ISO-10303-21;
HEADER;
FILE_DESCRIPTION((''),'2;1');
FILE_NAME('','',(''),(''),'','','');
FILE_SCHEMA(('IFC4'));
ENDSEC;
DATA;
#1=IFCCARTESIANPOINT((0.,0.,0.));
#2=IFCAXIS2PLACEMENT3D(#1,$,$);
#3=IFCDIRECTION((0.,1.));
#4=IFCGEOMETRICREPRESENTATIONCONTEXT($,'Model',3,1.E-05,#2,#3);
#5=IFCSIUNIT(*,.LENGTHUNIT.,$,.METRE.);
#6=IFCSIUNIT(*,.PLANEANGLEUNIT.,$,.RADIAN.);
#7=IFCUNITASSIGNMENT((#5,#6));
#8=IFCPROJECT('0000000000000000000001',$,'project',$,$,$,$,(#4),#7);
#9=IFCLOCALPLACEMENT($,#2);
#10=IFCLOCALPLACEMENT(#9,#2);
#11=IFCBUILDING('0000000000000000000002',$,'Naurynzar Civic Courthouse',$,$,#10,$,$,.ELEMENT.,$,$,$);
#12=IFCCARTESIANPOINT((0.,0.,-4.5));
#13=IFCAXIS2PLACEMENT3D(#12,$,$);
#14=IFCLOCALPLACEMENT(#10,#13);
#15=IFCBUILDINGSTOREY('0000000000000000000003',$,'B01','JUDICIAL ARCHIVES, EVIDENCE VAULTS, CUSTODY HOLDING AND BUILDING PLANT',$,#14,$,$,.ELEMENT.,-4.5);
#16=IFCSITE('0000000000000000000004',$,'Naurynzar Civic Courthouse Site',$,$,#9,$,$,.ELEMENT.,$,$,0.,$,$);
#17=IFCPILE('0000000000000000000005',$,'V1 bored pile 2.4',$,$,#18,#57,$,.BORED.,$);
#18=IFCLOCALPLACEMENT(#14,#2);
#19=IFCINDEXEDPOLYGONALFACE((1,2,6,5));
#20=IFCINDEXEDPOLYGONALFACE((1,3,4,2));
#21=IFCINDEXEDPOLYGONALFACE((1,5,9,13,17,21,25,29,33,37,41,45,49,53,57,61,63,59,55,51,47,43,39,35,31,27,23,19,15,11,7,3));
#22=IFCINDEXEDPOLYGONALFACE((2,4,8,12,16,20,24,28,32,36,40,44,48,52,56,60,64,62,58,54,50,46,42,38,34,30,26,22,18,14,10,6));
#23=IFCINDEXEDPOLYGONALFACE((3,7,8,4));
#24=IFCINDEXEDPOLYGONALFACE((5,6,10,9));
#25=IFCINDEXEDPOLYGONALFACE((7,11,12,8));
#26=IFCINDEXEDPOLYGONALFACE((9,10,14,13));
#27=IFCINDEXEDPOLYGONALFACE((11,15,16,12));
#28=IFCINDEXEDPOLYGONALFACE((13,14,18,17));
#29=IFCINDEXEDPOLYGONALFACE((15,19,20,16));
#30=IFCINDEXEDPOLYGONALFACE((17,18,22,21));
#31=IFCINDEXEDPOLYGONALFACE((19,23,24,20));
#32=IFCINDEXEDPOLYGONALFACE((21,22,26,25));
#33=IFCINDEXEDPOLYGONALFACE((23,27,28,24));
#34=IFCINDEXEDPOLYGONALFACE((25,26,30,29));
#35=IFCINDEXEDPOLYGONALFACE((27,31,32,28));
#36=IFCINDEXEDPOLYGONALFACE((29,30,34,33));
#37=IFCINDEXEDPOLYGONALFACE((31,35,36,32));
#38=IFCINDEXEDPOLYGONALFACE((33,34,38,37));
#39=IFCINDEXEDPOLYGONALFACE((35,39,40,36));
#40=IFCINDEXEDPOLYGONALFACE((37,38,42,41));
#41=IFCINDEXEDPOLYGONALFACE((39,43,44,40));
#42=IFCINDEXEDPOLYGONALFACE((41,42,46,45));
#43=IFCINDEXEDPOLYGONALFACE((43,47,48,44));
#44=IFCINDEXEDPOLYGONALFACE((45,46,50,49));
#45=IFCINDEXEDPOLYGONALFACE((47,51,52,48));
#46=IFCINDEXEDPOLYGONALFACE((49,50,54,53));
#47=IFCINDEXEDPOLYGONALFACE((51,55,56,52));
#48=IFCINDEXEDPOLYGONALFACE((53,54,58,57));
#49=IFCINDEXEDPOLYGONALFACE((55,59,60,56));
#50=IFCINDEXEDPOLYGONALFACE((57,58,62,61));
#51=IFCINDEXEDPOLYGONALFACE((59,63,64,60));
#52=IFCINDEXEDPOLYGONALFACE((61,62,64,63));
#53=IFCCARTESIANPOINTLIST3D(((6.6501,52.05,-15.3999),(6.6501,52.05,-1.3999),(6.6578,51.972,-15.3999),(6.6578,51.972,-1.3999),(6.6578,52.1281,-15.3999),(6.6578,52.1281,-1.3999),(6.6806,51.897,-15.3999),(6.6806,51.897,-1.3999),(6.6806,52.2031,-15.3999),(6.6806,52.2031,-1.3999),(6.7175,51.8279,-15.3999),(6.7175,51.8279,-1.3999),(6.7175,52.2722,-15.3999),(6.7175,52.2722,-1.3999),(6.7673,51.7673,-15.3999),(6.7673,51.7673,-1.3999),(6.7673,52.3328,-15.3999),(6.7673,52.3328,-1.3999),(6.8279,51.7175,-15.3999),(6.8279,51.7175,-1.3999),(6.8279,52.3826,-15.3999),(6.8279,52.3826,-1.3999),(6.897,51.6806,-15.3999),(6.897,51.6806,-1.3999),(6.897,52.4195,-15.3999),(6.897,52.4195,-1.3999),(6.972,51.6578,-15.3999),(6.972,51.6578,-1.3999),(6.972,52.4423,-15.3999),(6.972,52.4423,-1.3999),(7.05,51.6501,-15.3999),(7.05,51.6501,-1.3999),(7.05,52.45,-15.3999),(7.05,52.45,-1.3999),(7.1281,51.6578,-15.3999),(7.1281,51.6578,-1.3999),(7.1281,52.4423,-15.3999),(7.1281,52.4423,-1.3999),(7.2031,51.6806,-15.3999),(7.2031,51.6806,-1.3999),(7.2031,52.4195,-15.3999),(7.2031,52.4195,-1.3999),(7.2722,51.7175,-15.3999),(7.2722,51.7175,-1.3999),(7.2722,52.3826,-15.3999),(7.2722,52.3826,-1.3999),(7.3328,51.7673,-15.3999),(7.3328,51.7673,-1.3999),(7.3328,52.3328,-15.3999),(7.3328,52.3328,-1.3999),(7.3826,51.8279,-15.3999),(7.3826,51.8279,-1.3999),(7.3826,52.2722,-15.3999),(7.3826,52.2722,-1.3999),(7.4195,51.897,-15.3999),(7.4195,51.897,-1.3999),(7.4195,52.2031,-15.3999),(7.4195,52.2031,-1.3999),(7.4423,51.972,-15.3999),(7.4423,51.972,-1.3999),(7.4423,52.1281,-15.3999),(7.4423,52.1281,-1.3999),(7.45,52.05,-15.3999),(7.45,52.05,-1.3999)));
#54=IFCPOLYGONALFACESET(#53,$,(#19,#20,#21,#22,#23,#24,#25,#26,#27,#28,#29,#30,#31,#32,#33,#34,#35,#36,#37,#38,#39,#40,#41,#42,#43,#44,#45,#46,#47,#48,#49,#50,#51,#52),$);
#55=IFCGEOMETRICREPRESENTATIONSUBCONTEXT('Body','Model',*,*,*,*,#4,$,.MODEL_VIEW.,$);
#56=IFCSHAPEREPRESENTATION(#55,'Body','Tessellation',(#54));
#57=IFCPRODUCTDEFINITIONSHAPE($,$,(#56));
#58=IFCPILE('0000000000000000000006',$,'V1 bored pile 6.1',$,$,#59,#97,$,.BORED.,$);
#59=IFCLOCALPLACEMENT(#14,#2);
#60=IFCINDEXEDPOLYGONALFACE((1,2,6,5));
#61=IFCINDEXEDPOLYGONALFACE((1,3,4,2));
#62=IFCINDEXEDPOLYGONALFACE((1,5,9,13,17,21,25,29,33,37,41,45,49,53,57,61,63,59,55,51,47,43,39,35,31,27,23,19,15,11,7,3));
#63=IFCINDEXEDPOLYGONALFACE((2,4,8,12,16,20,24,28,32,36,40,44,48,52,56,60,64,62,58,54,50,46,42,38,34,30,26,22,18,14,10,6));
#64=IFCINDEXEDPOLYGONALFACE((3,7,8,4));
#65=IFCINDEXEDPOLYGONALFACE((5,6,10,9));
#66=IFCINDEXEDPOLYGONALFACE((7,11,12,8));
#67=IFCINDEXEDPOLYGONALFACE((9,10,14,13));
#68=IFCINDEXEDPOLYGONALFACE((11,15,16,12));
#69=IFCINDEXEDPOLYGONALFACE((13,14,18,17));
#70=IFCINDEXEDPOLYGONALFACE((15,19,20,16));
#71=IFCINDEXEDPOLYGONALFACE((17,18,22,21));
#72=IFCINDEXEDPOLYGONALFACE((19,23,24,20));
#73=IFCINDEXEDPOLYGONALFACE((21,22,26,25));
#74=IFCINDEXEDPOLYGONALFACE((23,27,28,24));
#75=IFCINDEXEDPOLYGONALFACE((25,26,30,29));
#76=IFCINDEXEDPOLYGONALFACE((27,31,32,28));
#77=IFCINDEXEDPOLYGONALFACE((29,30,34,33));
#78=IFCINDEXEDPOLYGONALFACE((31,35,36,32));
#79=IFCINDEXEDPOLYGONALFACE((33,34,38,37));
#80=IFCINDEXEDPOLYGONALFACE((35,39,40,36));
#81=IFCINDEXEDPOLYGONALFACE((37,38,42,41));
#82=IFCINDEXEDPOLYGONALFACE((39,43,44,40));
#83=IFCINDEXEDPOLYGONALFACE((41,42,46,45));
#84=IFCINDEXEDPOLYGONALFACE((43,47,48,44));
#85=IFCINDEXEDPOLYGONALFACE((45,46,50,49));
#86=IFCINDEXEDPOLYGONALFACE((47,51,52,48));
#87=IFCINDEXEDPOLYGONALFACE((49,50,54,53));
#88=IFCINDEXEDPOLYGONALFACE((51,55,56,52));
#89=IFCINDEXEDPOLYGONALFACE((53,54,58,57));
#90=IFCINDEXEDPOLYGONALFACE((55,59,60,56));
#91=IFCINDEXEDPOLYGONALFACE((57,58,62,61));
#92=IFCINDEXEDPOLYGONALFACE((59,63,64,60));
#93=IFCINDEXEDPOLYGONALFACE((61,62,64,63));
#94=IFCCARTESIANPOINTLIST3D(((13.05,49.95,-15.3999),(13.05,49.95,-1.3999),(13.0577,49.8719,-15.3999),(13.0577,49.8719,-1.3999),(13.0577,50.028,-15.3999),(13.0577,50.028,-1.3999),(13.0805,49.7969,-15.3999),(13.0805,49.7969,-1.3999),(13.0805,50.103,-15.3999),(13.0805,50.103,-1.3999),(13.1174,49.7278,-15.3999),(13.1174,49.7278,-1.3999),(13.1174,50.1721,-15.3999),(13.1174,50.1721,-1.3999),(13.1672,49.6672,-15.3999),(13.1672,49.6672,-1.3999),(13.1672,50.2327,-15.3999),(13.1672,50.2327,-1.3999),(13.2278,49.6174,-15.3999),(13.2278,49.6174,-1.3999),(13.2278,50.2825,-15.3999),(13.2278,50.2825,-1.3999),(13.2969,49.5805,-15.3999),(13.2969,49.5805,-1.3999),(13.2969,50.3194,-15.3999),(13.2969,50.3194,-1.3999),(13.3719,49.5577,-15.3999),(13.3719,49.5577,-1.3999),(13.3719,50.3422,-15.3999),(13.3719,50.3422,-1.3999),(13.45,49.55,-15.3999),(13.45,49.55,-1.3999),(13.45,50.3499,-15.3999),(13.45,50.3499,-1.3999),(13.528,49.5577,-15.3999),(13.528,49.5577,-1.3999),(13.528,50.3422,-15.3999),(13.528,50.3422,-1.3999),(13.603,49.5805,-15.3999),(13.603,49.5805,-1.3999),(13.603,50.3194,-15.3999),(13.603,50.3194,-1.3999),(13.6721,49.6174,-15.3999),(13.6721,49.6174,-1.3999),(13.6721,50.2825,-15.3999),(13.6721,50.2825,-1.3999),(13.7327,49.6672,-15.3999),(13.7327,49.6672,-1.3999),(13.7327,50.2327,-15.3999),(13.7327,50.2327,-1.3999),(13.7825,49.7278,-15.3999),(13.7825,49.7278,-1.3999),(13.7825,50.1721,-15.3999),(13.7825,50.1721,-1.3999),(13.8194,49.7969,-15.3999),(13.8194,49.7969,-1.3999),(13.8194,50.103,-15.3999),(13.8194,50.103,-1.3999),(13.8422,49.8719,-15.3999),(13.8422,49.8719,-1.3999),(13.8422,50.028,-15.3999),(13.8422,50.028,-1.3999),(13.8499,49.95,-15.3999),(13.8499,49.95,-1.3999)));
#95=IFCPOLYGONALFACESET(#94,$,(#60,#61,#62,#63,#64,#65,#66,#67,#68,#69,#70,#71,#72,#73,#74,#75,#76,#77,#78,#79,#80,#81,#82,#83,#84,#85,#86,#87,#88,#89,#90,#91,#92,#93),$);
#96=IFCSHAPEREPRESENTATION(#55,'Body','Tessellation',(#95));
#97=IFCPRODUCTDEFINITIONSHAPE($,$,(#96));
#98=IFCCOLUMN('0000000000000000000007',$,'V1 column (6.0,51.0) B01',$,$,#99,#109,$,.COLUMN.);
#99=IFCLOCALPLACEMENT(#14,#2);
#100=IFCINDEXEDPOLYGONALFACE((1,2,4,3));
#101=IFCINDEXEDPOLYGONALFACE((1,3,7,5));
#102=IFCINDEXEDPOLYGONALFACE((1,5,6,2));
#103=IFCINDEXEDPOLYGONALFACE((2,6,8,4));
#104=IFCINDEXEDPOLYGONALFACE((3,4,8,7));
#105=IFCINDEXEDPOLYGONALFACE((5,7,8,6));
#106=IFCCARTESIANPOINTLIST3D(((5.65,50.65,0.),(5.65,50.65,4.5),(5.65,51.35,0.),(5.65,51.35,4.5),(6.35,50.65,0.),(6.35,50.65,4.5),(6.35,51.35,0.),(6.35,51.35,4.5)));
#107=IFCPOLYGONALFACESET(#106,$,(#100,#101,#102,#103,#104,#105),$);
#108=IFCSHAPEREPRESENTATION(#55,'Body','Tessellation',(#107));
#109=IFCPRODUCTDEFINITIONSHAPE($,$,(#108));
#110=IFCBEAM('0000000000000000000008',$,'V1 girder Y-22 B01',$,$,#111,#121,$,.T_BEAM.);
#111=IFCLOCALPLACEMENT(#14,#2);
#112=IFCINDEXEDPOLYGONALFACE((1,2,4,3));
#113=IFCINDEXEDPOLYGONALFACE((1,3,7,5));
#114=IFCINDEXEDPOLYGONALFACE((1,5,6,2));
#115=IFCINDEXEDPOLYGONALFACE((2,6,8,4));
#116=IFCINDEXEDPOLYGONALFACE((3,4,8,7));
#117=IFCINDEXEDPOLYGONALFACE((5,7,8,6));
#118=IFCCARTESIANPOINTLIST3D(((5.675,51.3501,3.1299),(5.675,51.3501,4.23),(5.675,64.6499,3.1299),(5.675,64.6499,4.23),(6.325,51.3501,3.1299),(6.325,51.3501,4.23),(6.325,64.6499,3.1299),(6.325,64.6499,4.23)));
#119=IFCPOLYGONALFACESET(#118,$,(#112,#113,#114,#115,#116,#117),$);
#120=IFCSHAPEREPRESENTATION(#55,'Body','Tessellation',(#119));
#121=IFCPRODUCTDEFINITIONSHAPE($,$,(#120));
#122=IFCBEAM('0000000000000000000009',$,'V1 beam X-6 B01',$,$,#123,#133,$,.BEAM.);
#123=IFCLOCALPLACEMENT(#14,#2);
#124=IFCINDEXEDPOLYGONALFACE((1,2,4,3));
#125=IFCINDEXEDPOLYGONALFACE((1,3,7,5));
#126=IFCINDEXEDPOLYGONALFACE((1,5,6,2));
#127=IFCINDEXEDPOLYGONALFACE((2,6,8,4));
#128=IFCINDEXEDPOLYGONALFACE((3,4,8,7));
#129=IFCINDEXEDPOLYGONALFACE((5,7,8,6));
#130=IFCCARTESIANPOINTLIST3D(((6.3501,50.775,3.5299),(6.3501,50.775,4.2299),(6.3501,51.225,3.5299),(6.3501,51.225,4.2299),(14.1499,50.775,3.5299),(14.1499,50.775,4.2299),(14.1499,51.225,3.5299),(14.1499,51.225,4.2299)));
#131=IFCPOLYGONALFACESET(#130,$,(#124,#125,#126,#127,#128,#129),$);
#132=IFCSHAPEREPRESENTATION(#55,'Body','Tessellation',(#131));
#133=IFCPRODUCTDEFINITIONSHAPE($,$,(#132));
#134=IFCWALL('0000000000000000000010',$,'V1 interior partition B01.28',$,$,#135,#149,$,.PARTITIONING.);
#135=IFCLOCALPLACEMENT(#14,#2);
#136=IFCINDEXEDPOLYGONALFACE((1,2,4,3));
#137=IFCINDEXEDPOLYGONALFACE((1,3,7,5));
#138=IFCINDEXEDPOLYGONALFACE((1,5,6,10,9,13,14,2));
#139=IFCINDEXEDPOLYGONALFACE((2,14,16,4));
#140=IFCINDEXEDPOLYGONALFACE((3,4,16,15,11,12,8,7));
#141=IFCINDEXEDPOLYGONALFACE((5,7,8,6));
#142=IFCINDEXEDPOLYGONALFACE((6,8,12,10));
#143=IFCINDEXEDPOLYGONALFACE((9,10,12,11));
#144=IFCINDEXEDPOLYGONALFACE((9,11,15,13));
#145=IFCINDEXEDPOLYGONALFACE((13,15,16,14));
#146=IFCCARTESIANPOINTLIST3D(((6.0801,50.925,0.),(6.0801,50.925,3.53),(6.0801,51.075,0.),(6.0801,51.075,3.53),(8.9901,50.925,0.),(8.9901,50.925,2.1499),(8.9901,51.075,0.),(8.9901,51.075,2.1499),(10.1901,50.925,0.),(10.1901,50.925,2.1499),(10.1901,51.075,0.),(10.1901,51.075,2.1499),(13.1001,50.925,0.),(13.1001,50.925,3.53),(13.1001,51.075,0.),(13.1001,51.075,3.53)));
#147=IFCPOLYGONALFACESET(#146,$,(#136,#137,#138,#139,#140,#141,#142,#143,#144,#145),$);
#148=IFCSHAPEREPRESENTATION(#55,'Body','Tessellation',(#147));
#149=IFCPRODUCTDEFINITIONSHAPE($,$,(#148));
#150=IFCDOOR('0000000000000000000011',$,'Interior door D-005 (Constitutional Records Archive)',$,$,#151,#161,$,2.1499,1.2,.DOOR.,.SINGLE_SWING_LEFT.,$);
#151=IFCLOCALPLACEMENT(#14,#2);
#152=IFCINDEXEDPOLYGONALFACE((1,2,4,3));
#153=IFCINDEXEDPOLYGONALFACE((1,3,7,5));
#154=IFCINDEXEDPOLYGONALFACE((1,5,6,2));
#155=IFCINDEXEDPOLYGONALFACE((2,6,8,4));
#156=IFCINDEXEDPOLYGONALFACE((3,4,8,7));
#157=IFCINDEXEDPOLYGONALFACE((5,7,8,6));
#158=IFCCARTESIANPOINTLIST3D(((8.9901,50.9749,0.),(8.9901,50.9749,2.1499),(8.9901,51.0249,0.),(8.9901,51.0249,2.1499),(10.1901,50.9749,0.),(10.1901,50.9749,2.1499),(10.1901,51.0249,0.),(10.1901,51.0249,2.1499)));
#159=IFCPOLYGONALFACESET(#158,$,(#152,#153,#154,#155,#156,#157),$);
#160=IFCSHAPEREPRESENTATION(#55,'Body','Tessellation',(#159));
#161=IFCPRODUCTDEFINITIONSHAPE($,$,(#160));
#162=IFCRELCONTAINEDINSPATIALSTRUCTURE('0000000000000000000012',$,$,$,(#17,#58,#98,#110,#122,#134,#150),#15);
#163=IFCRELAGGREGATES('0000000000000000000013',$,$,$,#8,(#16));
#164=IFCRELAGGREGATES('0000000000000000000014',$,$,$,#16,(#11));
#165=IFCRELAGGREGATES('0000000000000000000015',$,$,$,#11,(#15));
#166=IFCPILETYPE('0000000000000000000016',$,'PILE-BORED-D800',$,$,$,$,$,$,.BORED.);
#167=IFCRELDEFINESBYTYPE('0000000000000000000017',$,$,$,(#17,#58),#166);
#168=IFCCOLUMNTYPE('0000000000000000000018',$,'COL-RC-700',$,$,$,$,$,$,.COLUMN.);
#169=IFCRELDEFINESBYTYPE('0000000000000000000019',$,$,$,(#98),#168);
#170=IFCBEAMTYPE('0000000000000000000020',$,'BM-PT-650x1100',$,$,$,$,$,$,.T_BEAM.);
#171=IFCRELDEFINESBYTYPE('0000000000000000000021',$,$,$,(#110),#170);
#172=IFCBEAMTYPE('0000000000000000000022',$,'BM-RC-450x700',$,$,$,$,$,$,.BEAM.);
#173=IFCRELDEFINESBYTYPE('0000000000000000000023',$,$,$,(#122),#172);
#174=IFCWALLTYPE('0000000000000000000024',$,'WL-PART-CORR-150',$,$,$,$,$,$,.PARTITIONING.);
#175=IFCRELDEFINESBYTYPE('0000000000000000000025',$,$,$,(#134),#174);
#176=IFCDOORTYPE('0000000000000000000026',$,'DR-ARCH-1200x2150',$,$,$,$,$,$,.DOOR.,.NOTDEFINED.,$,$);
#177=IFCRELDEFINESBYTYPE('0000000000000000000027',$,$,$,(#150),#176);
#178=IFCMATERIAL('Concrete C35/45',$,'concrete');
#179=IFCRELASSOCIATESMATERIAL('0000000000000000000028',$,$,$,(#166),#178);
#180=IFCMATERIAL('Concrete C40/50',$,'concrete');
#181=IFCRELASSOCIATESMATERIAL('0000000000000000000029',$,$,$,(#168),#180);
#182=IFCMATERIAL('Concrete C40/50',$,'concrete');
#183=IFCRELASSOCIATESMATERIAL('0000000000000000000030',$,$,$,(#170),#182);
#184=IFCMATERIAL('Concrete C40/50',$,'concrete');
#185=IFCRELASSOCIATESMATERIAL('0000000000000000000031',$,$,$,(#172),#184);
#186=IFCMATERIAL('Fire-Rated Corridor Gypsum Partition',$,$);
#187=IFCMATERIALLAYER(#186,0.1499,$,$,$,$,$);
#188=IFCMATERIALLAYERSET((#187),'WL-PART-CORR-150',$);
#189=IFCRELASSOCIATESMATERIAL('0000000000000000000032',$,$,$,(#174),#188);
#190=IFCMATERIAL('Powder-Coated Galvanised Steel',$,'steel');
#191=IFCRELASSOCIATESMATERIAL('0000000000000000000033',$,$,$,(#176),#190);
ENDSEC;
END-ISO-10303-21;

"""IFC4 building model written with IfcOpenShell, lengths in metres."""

from ifc_helpers import new_model, si_unit, direction, frame, frame_2d, origin, origin_2d, place, context, subcontext, project, spatial, rectangle, circle, extrude, material, layer, layer_set, material_profile, profile_set, type_object, element, fill, save


model = new_model("IFC4")

# Units and contexts
model_context = context("Model", 3, precision=1e-05, world=origin(), true_north=direction((0.0, 1.0)))
body_context = subcontext(model_context, "Body", "Model", "MODEL_VIEW")
ifc_project = project(units=[si_unit("LENGTHUNIT", "METRE"), si_unit("PLANEANGLEUNIT", "RADIAN")], contexts=[model_context])

# Site, building, storey
site_placement = place(None, origin())
site = spatial("IfcSite", under=ifc_project, at=site_placement, Name="Naurynzar Civic Courthouse Site", CompositionType="ELEMENT", RefElevation=0.0)
building_placement = place(site_placement, origin())
building = spatial("IfcBuilding", under=site, at=building_placement, Name="Naurynzar Civic Courthouse", CompositionType="ELEMENT")
storey_placement = place(building_placement, frame((0.0, 0.0, -4.5)))
storey = spatial("IfcBuildingStorey", under=building, at=storey_placement, Name="B01", Description="JUDICIAL ARCHIVES, EVIDENCE VAULTS, CUSTODY HOLDING AND BUILDING PLANT", CompositionType="ELEMENT", Elevation=-4.5)

# Piles
ifc_material_1 = material(Name="Concrete C35/45", Category="concrete")
ifc_material_profile_1 = material_profile(ifc_material_1, circle(Radius=0.3999, at=origin_2d()), Name="PILE D800")
ifc_profile_set_1 = profile_set([ifc_material_profile_1], Name="Concrete C35/45")
pile_type = type_object("IfcPileType", Name="PILE-BORED-D800", PredefinedType="BORED", material=ifc_profile_set_1)
for number, where, z_axis, x_axis, name in (
    (1, (7.05, 52.05, -1.3999), (0.0, 0.0, -1.0), (1.0, 0.0, 0.0), "V1 bored pile 2.4"),
    (2, (13.45, 49.95, -1.3999), (0.0, 0.0, -1.0), (1.0, 0.0, 0.0), "V1 bored pile 6.1"),
):
    element("IfcPile", number, at=place(storey_placement, frame(where, z_axis=z_axis, x_axis=x_axis)), inside=storey, type_object=pile_type, Name=name, PredefinedType="BORED", context=body_context, shape_type="SweptSolid", body=[
        extrude(circle(Radius=0.3999, at=origin_2d()), origin(), (0.0, 0.0, 1.0), 14.0),
    ])

# Column
ifc_material_2 = material(Name="Concrete C40/50", Category="concrete")
ifc_material_profile_2 = material_profile(ifc_material_2, rectangle(XDim=0.7, YDim=0.7, at=origin_2d()), Name="RC 700x700")
ifc_profile_set_2 = profile_set([ifc_material_profile_2], Name="Concrete C40/50")
column_type = type_object("IfcColumnType", Name="COL-RC-700", PredefinedType="COLUMN", material=ifc_profile_set_2)
column_placement = place(storey_placement, frame((6.0, 51.0, 0.0), z_axis=(0.0, 0.0, 1.0), x_axis=(1.0, 0.0, 0.0)))
element("IfcColumn", 3, at=column_placement, inside=storey, type_object=column_type, Name="V1 column (6.0,51.0) B01", PredefinedType="COLUMN", context=body_context, shape_type="SweptSolid", body=[
    extrude(rectangle(XDim=0.7, YDim=0.7, at=origin_2d()), origin(), (0.0, 0.0, 1.0), 4.5),
])

# Beams
ifc_material_3 = material(Name="Concrete C40/50", Category="concrete")
ifc_material_profile_3 = material_profile(ifc_material_3, rectangle(XDim=0.6499, YDim=1.1001, at=origin_2d()), Name="PTB 650x1100")
ifc_profile_set_3 = profile_set([ifc_material_profile_3], Name="Concrete C40/50")
beam_type_1 = type_object("IfcBeamType", Name="BM-PT-650x1100", PredefinedType="T_BEAM", material=ifc_profile_set_3)
beam_1_placement = place(storey_placement, frame((6.0, 51.3501, 3.6799), z_axis=(0.0, 1.0, 0.0), x_axis=(-1.0, 0.0, 0.0)))
element("IfcBeam", 4, at=beam_1_placement, inside=storey, type_object=beam_type_1, Name="V1 girder Y-22 B01", PredefinedType="T_BEAM", context=body_context, shape_type="SweptSolid", body=[
    extrude(rectangle(XDim=0.6499, YDim=1.1001, at=origin_2d()), origin(), (0.0, 0.0, 1.0), 13.2998),
])
ifc_material_4 = material(Name="Concrete C40/50", Category="concrete")
ifc_material_profile_4 = material_profile(ifc_material_4, rectangle(XDim=0.45, YDim=0.7, at=origin_2d()), Name="RCB 450x700")
ifc_profile_set_4 = profile_set([ifc_material_profile_4], Name="Concrete C40/50")
beam_type_2 = type_object("IfcBeamType", Name="BM-RC-450x700", PredefinedType="BEAM", material=ifc_profile_set_4)
beam_2_placement = place(storey_placement, frame((6.3501, 51.0, 3.8799), z_axis=(1.0, 0.0, 0.0), x_axis=(0.0, 1.0, 0.0)))
element("IfcBeam", 5, at=beam_2_placement, inside=storey, type_object=beam_type_2, Name="V1 beam X-6 B01", PredefinedType="BEAM", context=body_context, shape_type="SweptSolid", body=[
    extrude(rectangle(XDim=0.45, YDim=0.7, at=origin_2d()), origin(), (0.0, 0.0, 1.0), 7.7998),
])

# Wall, opening, door
ifc_material_5 = material(Name="Fire-Rated Corridor Gypsum Partition")
ifc_layer_1 = layer(ifc_material_5, 0.1499)
ifc_layer_set_1 = layer_set([ifc_layer_1], Name="WL-PART-CORR-150")
wall_type_1 = type_object("IfcWallType", Name="WL-PART-CORR-150", PredefinedType="PARTITIONING", material=ifc_layer_set_1)
wall_1_placement = place(storey_placement, frame((6.0801, 51.0, 0.0), z_axis=(0.0, 0.0, 1.0), x_axis=(1.0, 0.0, 0.0)))
wall_1 = element("IfcWall", 6, at=wall_1_placement, inside=storey, type_object=wall_type_1, Name="V1 interior partition B01.28", PredefinedType="PARTITIONING", context=body_context, shape_type="SweptSolid", body=[
    extrude(rectangle(XDim=7.02, YDim=0.1499, at=frame_2d((3.51, 0.0))), origin(), (0.0, 0.0, 1.0), 3.53),
])
opening_1_placement = place(wall_1_placement, frame((2.9099, 0.0, 0.0)))
opening_1 = element("IfcOpeningElement", 7, at=opening_1_placement, cuts=wall_1, PredefinedType="OPENING", context=body_context, shape_type="SweptSolid", body=[
    extrude(rectangle(XDim=1.2, YDim=2.1499, at=frame_2d((0.6001, 1.075))), frame((0.0, 0.085, 0.0), z_axis=(0.0, -1.0, 0.0), x_axis=(1.0, 0.0, 0.0)), (0.0, 0.0, 1.0), 0.1699),
])
ifc_material_6 = material(Name="Powder-Coated Galvanised Steel", Category="steel")
door_type_1 = type_object("IfcDoorType", Name="DR-ARCH-1200x2150", OperationType="NOTDEFINED", PredefinedType="DOOR", material=ifc_material_6)
door_1_placement = place(opening_1_placement, origin())
door_1 = element("IfcDoor", 8, at=door_1_placement, inside=storey, type_object=door_type_1, Name="Interior door D-005 (Constitutional Records Archive)", OperationType="SINGLE_SWING_LEFT", OverallHeight=2.1499, OverallWidth=1.2, PredefinedType="DOOR", context=body_context, shape_type="SweptSolid", body=[
    extrude(rectangle(XDim=1.2, YDim=2.1499, at=frame_2d((0.6001, 1.075))), frame((0.0, 0.0249, 0.0), z_axis=(0.0, -1.0, 0.0), x_axis=(1.0, 0.0, 0.0)), (0.0, 0.0, 1.0), 0.05),
])
fill(opening_1, door_1)

save(model, "model.ifc")
